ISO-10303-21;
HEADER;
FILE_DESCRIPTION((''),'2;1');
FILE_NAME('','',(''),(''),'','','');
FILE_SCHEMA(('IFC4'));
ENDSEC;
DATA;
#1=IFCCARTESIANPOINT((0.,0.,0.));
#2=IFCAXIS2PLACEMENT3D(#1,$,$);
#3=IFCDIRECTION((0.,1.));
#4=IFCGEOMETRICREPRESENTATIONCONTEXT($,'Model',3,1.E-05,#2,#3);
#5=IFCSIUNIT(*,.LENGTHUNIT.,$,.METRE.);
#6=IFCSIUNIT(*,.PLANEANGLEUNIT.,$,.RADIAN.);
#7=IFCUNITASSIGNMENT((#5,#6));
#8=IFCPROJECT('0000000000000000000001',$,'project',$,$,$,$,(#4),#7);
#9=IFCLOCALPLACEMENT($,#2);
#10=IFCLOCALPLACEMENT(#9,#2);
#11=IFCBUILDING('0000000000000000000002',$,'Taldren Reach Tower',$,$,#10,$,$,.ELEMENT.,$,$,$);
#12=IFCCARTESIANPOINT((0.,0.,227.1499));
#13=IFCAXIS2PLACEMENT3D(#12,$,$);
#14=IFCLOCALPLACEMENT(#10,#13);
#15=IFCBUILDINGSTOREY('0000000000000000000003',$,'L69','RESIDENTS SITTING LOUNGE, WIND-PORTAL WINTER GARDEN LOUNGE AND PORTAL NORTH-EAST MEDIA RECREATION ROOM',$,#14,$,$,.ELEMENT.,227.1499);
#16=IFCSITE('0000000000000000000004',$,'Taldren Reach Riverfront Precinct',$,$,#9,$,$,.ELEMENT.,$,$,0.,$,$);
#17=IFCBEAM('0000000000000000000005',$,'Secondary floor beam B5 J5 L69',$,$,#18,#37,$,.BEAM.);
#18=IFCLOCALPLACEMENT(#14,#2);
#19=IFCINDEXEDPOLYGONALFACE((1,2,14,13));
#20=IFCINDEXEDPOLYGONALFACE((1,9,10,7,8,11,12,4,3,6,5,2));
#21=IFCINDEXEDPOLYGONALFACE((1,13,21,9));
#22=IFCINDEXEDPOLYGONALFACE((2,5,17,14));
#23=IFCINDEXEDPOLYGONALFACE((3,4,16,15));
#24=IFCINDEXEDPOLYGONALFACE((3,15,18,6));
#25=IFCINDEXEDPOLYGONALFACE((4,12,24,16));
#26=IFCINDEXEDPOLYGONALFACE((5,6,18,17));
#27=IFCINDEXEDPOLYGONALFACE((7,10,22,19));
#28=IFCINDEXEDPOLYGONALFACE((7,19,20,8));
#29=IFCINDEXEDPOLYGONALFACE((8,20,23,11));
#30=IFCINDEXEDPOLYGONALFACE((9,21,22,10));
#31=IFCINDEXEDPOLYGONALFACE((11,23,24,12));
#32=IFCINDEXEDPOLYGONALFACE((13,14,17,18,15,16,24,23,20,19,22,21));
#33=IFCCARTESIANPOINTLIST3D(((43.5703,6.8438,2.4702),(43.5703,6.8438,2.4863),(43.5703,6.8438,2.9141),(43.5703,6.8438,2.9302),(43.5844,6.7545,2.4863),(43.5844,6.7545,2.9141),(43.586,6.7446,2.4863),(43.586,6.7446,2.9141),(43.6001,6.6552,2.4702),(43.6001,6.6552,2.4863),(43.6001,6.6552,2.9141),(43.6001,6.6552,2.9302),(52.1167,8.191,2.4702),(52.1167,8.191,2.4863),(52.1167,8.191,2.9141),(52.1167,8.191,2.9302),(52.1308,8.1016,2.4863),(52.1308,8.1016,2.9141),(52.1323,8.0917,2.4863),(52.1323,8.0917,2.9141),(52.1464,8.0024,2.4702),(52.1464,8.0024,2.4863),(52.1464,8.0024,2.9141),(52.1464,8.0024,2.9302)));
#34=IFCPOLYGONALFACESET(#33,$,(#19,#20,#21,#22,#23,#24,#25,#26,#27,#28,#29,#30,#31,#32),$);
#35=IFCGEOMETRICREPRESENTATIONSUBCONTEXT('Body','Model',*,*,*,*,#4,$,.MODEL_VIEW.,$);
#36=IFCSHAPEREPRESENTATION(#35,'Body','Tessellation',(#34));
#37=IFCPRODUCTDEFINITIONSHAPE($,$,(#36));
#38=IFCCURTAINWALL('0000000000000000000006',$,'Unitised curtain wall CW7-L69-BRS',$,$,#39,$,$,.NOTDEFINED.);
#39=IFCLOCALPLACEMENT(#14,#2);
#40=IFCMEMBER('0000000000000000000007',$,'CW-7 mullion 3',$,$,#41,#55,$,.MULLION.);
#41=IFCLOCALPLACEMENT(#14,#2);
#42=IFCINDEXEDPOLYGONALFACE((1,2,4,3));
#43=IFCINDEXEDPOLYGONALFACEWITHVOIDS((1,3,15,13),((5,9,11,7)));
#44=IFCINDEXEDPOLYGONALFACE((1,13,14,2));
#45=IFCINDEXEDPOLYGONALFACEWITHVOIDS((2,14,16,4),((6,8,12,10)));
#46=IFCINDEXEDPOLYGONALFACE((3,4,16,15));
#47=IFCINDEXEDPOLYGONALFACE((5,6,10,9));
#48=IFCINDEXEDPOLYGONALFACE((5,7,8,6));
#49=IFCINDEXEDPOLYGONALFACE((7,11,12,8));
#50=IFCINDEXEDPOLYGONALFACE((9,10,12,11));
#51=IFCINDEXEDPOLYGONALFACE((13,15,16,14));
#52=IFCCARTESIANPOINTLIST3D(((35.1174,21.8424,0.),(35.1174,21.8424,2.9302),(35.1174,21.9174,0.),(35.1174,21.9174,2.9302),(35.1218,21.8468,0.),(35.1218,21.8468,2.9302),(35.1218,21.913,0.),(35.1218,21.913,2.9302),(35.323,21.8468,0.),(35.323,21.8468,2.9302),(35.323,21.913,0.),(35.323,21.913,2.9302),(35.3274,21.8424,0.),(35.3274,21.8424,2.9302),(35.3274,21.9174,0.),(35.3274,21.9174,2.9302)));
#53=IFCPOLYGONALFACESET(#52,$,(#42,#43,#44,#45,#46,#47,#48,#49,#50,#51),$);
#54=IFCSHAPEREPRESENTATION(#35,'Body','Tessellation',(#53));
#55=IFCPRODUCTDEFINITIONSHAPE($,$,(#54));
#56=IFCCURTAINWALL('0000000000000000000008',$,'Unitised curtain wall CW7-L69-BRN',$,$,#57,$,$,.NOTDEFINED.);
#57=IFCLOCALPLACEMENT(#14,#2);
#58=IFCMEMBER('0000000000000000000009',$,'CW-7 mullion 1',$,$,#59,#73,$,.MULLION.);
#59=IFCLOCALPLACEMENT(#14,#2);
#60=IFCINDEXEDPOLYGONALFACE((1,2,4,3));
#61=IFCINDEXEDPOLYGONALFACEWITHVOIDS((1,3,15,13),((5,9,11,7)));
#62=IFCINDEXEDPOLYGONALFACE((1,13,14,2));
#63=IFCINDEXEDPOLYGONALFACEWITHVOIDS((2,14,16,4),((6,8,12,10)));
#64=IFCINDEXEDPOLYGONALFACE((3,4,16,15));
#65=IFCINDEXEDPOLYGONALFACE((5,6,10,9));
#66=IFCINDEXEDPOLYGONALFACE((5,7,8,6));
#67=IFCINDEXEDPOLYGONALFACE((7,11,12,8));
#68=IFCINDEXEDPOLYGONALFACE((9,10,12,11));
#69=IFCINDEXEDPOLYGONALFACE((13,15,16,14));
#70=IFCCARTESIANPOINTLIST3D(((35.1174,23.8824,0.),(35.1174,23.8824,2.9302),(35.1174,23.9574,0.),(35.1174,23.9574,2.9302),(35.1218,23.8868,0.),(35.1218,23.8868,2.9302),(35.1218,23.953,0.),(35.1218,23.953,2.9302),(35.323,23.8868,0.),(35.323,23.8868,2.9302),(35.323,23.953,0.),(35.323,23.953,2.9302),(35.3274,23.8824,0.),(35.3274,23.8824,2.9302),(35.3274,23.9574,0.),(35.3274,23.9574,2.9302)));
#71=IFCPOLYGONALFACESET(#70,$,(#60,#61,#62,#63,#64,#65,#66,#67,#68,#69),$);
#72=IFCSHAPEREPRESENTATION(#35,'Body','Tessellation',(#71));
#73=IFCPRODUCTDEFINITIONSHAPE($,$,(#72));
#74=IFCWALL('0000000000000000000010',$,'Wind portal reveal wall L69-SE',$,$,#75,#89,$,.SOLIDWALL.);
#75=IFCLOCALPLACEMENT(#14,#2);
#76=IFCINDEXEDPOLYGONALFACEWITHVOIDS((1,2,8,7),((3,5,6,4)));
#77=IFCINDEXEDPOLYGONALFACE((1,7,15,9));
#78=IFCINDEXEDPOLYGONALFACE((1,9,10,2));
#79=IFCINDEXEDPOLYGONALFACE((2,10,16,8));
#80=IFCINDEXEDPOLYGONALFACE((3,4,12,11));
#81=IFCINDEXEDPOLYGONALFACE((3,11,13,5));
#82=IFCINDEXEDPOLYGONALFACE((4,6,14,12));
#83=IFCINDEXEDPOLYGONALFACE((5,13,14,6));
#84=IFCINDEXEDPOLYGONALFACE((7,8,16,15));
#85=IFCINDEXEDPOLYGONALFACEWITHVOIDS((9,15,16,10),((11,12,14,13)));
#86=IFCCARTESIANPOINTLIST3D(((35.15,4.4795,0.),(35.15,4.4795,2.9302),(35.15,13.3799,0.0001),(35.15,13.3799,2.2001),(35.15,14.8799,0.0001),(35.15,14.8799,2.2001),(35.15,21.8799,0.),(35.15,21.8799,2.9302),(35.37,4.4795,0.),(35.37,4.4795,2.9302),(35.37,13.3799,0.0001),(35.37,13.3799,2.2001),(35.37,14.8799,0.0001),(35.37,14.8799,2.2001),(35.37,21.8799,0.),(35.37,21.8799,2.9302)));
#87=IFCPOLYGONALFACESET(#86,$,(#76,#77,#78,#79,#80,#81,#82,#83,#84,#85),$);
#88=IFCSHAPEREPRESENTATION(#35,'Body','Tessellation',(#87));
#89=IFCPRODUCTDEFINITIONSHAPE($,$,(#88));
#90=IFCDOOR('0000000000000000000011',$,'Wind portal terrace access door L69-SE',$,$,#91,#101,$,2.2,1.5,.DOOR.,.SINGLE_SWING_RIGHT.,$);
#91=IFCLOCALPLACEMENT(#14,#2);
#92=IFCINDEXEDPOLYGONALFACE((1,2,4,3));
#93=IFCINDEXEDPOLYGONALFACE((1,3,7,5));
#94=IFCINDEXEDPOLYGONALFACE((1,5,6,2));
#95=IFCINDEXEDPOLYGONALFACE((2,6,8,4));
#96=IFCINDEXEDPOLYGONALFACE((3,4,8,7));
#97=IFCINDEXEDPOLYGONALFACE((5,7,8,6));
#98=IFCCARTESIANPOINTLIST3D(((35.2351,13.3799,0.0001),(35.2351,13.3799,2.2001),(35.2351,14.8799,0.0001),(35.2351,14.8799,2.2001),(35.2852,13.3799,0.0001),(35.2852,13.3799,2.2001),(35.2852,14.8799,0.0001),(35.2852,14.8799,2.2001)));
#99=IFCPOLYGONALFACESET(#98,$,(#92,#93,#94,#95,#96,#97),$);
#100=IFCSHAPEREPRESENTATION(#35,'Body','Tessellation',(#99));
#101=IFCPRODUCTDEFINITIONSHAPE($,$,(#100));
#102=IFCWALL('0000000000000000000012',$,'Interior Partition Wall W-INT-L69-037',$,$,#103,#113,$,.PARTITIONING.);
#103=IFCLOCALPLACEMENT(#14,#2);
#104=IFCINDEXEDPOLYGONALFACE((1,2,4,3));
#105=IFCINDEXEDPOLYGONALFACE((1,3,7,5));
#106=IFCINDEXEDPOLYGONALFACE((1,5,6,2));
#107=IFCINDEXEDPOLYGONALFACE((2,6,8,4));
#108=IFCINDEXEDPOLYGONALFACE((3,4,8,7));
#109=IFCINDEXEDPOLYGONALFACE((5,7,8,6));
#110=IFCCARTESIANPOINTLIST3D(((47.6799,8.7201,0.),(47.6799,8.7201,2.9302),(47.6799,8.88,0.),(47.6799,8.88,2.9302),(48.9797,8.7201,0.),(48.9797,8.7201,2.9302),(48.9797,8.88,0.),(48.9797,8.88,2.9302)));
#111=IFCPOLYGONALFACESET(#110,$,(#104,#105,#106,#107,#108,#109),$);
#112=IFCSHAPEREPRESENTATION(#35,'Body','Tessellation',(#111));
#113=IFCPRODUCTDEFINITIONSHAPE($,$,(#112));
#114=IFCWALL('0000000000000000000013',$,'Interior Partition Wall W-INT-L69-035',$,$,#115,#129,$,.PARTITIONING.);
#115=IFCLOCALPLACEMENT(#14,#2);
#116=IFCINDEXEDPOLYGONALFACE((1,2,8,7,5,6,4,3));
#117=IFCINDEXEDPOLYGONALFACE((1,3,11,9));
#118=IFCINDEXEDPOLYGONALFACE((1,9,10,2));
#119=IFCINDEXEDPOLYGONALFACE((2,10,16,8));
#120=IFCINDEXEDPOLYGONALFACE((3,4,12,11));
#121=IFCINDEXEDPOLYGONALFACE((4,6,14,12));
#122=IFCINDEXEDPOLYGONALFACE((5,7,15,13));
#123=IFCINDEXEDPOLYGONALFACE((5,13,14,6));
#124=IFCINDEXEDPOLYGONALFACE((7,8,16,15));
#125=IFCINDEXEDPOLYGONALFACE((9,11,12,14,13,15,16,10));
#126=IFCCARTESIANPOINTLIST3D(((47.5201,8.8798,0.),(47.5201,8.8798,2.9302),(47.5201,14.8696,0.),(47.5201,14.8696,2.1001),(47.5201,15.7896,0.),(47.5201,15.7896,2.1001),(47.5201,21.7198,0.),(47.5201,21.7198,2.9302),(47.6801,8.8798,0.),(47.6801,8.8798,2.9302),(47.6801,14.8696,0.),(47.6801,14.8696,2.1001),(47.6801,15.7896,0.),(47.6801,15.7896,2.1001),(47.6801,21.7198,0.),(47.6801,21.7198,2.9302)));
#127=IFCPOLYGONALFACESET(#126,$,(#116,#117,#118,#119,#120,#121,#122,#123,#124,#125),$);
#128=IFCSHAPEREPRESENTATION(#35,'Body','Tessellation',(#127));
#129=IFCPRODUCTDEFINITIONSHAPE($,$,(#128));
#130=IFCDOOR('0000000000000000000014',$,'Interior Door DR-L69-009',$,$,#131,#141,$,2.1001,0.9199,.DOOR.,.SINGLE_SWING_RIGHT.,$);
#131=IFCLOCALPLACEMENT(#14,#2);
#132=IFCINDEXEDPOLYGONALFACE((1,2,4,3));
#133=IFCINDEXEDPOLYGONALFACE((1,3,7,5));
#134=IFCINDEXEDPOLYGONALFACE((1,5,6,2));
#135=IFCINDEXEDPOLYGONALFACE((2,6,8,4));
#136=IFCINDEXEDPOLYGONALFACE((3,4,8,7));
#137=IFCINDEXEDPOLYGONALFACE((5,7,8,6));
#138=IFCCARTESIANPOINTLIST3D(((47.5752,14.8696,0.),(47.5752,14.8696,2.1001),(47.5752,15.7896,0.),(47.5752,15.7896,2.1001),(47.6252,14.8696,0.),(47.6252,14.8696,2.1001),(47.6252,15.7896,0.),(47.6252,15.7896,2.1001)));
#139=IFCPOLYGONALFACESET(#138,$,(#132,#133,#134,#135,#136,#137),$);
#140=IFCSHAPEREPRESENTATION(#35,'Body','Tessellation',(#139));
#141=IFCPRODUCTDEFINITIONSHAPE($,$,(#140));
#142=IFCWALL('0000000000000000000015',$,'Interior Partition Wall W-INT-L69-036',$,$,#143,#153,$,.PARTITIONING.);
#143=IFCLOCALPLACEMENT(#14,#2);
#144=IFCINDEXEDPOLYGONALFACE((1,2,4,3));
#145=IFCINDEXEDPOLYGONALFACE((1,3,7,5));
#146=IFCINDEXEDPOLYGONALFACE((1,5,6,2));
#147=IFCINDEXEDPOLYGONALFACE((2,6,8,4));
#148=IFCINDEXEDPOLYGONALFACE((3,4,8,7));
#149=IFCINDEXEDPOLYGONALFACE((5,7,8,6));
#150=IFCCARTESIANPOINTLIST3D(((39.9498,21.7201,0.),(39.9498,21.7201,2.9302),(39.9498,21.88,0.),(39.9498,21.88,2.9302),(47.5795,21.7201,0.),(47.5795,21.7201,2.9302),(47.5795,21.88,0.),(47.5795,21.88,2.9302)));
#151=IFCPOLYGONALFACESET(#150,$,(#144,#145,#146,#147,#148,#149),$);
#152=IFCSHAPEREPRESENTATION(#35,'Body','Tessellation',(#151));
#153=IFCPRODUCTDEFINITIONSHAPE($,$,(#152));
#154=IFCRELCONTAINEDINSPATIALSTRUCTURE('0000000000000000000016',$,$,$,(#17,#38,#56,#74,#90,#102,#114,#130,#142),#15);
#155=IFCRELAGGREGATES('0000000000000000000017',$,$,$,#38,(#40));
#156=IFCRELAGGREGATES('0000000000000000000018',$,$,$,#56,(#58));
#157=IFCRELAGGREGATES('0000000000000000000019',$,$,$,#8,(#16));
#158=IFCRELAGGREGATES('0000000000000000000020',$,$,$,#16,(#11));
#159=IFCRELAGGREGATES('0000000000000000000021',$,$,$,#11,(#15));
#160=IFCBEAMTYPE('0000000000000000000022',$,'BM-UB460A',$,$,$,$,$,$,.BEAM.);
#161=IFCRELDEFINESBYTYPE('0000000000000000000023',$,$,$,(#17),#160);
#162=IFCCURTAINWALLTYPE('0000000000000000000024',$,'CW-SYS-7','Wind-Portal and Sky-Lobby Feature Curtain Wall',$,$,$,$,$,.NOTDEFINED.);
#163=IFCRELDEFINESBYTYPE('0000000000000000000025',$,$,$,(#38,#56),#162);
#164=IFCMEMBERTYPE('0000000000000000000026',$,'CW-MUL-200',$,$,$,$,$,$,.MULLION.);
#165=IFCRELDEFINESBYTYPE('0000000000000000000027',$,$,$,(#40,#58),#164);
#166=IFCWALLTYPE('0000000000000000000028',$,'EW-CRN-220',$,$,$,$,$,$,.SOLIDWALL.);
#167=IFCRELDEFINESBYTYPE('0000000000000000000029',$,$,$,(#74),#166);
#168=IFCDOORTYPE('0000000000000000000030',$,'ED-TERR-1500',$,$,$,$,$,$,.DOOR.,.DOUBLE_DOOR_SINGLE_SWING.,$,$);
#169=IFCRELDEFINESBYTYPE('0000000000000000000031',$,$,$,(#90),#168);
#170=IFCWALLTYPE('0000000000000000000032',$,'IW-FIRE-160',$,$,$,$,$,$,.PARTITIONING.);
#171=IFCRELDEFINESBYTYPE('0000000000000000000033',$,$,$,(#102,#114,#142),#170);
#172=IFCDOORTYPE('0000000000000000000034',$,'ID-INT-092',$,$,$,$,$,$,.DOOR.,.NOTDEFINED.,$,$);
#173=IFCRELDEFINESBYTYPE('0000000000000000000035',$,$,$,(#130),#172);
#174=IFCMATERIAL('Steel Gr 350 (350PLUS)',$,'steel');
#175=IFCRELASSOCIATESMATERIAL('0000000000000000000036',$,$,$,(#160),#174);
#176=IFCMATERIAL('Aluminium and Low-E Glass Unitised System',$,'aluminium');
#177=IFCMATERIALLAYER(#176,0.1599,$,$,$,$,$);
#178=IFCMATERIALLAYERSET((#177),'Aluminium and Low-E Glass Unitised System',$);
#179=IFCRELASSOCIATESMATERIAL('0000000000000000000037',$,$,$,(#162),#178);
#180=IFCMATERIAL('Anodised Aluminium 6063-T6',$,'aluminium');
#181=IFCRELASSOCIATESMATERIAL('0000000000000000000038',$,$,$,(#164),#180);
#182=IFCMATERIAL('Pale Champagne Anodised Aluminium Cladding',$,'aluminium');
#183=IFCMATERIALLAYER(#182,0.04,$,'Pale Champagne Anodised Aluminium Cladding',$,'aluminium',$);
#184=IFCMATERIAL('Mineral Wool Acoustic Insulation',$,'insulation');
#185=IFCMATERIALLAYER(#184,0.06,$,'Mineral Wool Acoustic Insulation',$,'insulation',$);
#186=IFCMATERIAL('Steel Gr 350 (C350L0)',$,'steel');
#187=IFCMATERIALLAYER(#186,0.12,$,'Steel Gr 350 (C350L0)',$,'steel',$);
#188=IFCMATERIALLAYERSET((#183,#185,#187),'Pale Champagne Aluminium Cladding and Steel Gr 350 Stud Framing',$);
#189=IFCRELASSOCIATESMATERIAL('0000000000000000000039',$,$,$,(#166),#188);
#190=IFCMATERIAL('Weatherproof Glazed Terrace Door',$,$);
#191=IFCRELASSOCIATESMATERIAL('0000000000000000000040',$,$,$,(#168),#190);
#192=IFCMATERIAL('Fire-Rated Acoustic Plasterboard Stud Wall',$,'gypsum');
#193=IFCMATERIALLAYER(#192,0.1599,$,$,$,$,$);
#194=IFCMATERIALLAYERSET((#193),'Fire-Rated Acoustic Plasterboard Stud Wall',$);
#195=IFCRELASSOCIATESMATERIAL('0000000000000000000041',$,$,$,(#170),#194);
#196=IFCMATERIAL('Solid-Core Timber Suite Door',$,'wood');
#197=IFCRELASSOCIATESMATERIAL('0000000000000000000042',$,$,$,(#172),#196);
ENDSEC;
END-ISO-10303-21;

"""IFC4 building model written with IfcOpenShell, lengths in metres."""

from ifc_helpers import new_model, si_unit, direction, frame, frame_2d, origin, origin_2d, place, context, subcontext, project, spatial, rectangle, hollow_rectangle, i_section, extrude, source, transform, mapped, material, layer, layer_set, material_profile, profile_set, type_object, element, fill, aggregate, save


model = new_model("IFC4")

# Units and contexts
model_context = context("Model", 3, precision=1e-05, world=origin(), true_north=direction((0.0, 1.0)))
body_context = subcontext(model_context, "Body", "Model", "MODEL_VIEW")
ifc_project = project(units=[si_unit("LENGTHUNIT", "METRE"), si_unit("PLANEANGLEUNIT", "RADIAN")], contexts=[model_context])

# Site, building, storey
site_placement = place(None, origin())
site = spatial("IfcSite", under=ifc_project, at=site_placement, Name="Taldren Reach Riverfront Precinct", CompositionType="ELEMENT", RefElevation=0.0)
building_placement = place(site_placement, origin())
building = spatial("IfcBuilding", under=site, at=building_placement, Name="Taldren Reach Tower", CompositionType="ELEMENT")
storey_placement = place(building_placement, frame((0.0, 0.0, 227.1499)))
storey = spatial("IfcBuildingStorey", under=building, at=storey_placement, Name="L69", Description="RESIDENTS SITTING LOUNGE, WIND-PORTAL WINTER GARDEN LOUNGE AND PORTAL NORTH-EAST MEDIA RECREATION ROOM", CompositionType="ELEMENT", Elevation=227.1499)

# Shared definitions
ifc_material_1 = material(Name="Steel Gr 350 (350PLUS)", Category="steel")
ifc_material_2 = material(Name="Steel Gr 350 (C350L0)", Category="steel")

# Shared definitions
ifc_material_profile_1 = material_profile(ifc_material_1, i_section(OverallWidth=0.1909, OverallDepth=0.46, WebThickness=0.01, FlangeThickness=0.0161, at=origin_2d()), Name="460UB82.1")
ifc_profile_set_1 = profile_set([ifc_material_profile_1], Name="Steel Gr 350 (350PLUS)")
beam_type_1 = type_object("IfcBeamType", Name="BM-UB460A", PredefinedType="BEAM", material=ifc_profile_set_1)

# Beam
shared_shape_1 = source(origin(), body_context, "Body", "SweptSolid", [
    extrude(i_section(OverallWidth=0.1909, OverallDepth=0.46, WebThickness=0.01, FlangeThickness=0.0161, at=origin_2d()), origin(), (0.0, 0.0, 1.0), 8.6519),
])
beam_1_placement = place(storey_placement, frame((43.5852, 6.7495, 2.7002), z_axis=(0.987803, 0.155708, 0.0), x_axis=(-0.155708, 0.987803, 0.0)))
element("IfcBeam", 1, at=beam_1_placement, inside=storey, type_object=beam_type_1, Name="Secondary floor beam B5 J5 L69", PredefinedType="BEAM", context=body_context, shape_type="MappedRepresentation", body=[
    mapped(shared_shape_1, transform((0.0, 0.0, 0.0), scale=1.0)),
])

# Curtain walls, members
ifc_material_3 = material(Name="Aluminium and Low-E Glass Unitised System", Category="aluminium")
ifc_layer_1 = layer(ifc_material_3, 0.1599)
ifc_layer_set_1 = layer_set([ifc_layer_1], Name="Aluminium and Low-E Glass Unitised System")
curtain_wall_type = type_object("IfcCurtainWallType", Name="CW-SYS-7", Description="Wind-Portal and Sky-Lobby Feature Curtain Wall", PredefinedType="NOTDEFINED", material=ifc_layer_set_1)
curtain_wall_1_placement = place(storey_placement, origin())
curtain_wall_1 = element("IfcCurtainWall", 2, at=curtain_wall_1_placement, inside=storey, type_object=curtain_wall_type, Name="Unitised curtain wall CW7-L69-BRS", PredefinedType="NOTDEFINED")
ifc_material_4 = material(Name="Anodised Aluminium 6063-T6", Category="aluminium")
ifc_material_profile_2 = material_profile(ifc_material_4, hollow_rectangle(XDim=0.075, YDim=0.21, WallThickness=0.0044, at=origin_2d()), Name="ALU-210x75x4.5RHS")
ifc_profile_set_2 = profile_set([ifc_material_profile_2], Name="Anodised Aluminium 6063-T6")
member_type_1 = type_object("IfcMemberType", Name="CW-MUL-200", PredefinedType="MULLION", material=ifc_profile_set_2)
shared_shape_2 = source(origin(), body_context, "Body", "SweptSolid", [
    extrude(hollow_rectangle(XDim=0.075, YDim=0.21, WallThickness=0.0044, at=origin_2d()), origin(), (0.0, 0.0, 1.0), 2.9302),
])
member_1_placement = place(storey_placement, frame((35.2224, 21.8799, 0.0), z_axis=(0.0, 0.0, 1.0), x_axis=(0.0, 1.0, 0.0)))
member_1 = element("IfcMember", 3, at=member_1_placement, type_object=member_type_1, Name="CW-7 mullion 3", PredefinedType="MULLION", context=body_context, shape_type="MappedRepresentation", body=[
    mapped(shared_shape_2, transform((0.0, 0.0, 0.0), scale=1.0)),
])
aggregate(curtain_wall_1, [member_1])
curtain_wall_2_placement = place(storey_placement, origin())
curtain_wall_2 = element("IfcCurtainWall", 4, at=curtain_wall_2_placement, inside=storey, type_object=curtain_wall_type, Name="Unitised curtain wall CW7-L69-BRN", PredefinedType="NOTDEFINED")
member_2_placement = place(storey_placement, frame((35.2224, 23.9199, 0.0), z_axis=(0.0, 0.0, 1.0), x_axis=(0.0, -1.0, 0.0)))
member_2 = element("IfcMember", 5, at=member_2_placement, type_object=member_type_1, Name="CW-7 mullion 1", PredefinedType="MULLION", context=body_context, shape_type="MappedRepresentation", body=[
    mapped(shared_shape_2, transform((0.0, 0.0, 0.0), scale=1.0)),
])
aggregate(curtain_wall_2, [member_2])

# Wall, opening, door
ifc_material_5 = material(Name="Pale Champagne Anodised Aluminium Cladding", Category="aluminium")
ifc_layer_2 = layer(ifc_material_5, 0.04, Name="Pale Champagne Anodised Aluminium Cladding", Category="aluminium")
ifc_material_6 = material(Name="Mineral Wool Acoustic Insulation", Category="insulation")
ifc_layer_3 = layer(ifc_material_6, 0.06, Name="Mineral Wool Acoustic Insulation", Category="insulation")
ifc_layer_4 = layer(ifc_material_2, 0.12, Name="Steel Gr 350 (C350L0)", Category="steel")
ifc_layer_set_2 = layer_set([ifc_layer_2, ifc_layer_3, ifc_layer_4], Name="Pale Champagne Aluminium Cladding and Steel Gr 350 Stud Framing")
wall_type_1 = type_object("IfcWallType", Name="EW-CRN-220", PredefinedType="SOLIDWALL", material=ifc_layer_set_2)
shared_shape_3 = source(origin(), body_context, "Body", "SweptSolid", [
    extrude(rectangle(XDim=17.4004, YDim=0.22, at=frame_2d((8.7002, 0.0))), origin(), (0.0, 0.0, 1.0), 2.9302),
])
wall_1_placement = place(storey_placement, frame((35.26, 21.8799, 0.0), z_axis=(0.0, 0.0, 1.0), x_axis=(0.0, -1.0, 0.0)))
wall_1 = element("IfcWall", 6, at=wall_1_placement, inside=storey, type_object=wall_type_1, Name="Wind portal reveal wall L69-SE", PredefinedType="SOLIDWALL", context=body_context, shape_type="MappedRepresentation", body=[
    mapped(shared_shape_3, transform((0.0, 0.0, 0.0), scale=1.0)),
])
shared_shape_4 = source(origin(), body_context, "Body", "SweptSolid", [
    extrude(rectangle(XDim=1.5, YDim=2.2, at=frame_2d((0.75, 1.1001))), frame((0.0, 0.1201, 0.0), z_axis=(0.0, -1.0, 0.0), x_axis=(1.0, 0.0, 0.0)), (0.0, 0.0, 1.0), 0.24),
])
opening_1_placement = place(wall_1_placement, frame((7.0, 0.0, 0.0)))
opening_1 = element("IfcOpeningElement", 7, at=opening_1_placement, cuts=wall_1, PredefinedType="OPENING", context=body_context, shape_type="MappedRepresentation", body=[
    mapped(shared_shape_4, transform((0.0, 0.0, 0.0), scale=1.0)),
])
ifc_material_7 = material(Name="Weatherproof Glazed Terrace Door")
door_type_1 = type_object("IfcDoorType", Name="ED-TERR-1500", OperationType="DOUBLE_DOOR_SINGLE_SWING", PredefinedType="DOOR", material=ifc_material_7)
shared_shape_5 = source(origin(), body_context, "Body", "SweptSolid", [
    extrude(rectangle(XDim=1.5, YDim=2.2, at=frame_2d((0.75, 1.1001))), frame((0.0, 0.0249, 0.0), z_axis=(0.0, -1.0, 0.0), x_axis=(1.0, 0.0, 0.0)), (0.0, 0.0, 1.0), 0.05),
])
door_1_placement = place(opening_1_placement, frame((1.5, 0.0, 0.0), z_axis=(0.0, 0.0, 1.0), x_axis=(-1.0, 0.0, 0.0)))
door_1 = element("IfcDoor", 8, at=door_1_placement, inside=storey, type_object=door_type_1, Name="Wind portal terrace access door L69-SE", OperationType="SINGLE_SWING_RIGHT", OverallHeight=2.2, OverallWidth=1.5, PredefinedType="DOOR", context=body_context, shape_type="MappedRepresentation", body=[
    mapped(shared_shape_5, transform((0.0, 0.0, 0.0), scale=1.0)),
])
fill(opening_1, door_1)

# Wall
ifc_material_8 = material(Name="Fire-Rated Acoustic Plasterboard Stud Wall", Category="gypsum")
ifc_layer_5 = layer(ifc_material_8, 0.1599)
ifc_layer_set_3 = layer_set([ifc_layer_5], Name="Fire-Rated Acoustic Plasterboard Stud Wall")
wall_type_2 = type_object("IfcWallType", Name="IW-FIRE-160", PredefinedType="PARTITIONING", material=ifc_layer_set_3)
shared_shape_6 = source(origin(), body_context, "Body", "SweptSolid", [
    extrude(rectangle(XDim=1.2998, YDim=0.1599, at=frame_2d((0.6499, 0.0))), origin(), (0.0, 0.0, 1.0), 2.9302),
])
wall_2_placement = place(storey_placement, frame((48.9797, 8.8, 0.0), z_axis=(0.0, 0.0, 1.0), x_axis=(-1.0, 0.0, 0.0)))
element("IfcWall", 9, at=wall_2_placement, inside=storey, type_object=wall_type_2, Name="Interior Partition Wall W-INT-L69-037", PredefinedType="PARTITIONING", context=body_context, shape_type="MappedRepresentation", body=[
    mapped(shared_shape_6, transform((0.0, 0.0, 0.0), scale=1.0)),
])

# Wall, opening, door
shared_shape_7 = source(origin(), body_context, "Body", "SweptSolid", [
    extrude(rectangle(XDim=12.8401, YDim=0.1599, at=frame_2d((6.4199, 0.0))), origin(), (0.0, 0.0, 1.0), 2.9302),
])
wall_3_placement = place(storey_placement, frame((47.6001, 8.8799, 0.0), z_axis=(0.0, 0.0, 1.0), x_axis=(0.0, 1.0, 0.0)))
wall_3 = element("IfcWall", 10, at=wall_3_placement, inside=storey, type_object=wall_type_2, Name="Interior Partition Wall W-INT-L69-035", PredefinedType="PARTITIONING", context=body_context, shape_type="MappedRepresentation", body=[
    mapped(shared_shape_7, transform((0.0, 0.0, 0.0), scale=1.0)),
])
shared_shape_8 = source(origin(), body_context, "Body", "SweptSolid", [
    extrude(rectangle(XDim=0.9199, YDim=2.1001, at=frame_2d((0.46, 1.05))), frame((0.0, 0.0898, 0.0), z_axis=(0.0, -1.0, 0.0), x_axis=(1.0, 0.0, 0.0)), (0.0, 0.0, 1.0), 0.1799),
])
opening_2_placement = place(wall_3_placement, frame((5.9897, 0.0, 0.0)))
opening_2 = element("IfcOpeningElement", 11, at=opening_2_placement, cuts=wall_3, PredefinedType="OPENING", context=body_context, shape_type="MappedRepresentation", body=[
    mapped(shared_shape_8, transform((0.0, 0.0, 0.0), scale=1.0)),
])
ifc_material_9 = material(Name="Solid-Core Timber Suite Door", Category="wood")
door_type_2 = type_object("IfcDoorType", Name="ID-INT-092", OperationType="NOTDEFINED", PredefinedType="DOOR", material=ifc_material_9)
shared_shape_9 = source(origin(), body_context, "Body", "SweptSolid", [
    extrude(rectangle(XDim=0.9199, YDim=2.1001, at=frame_2d((0.46, 1.05))), frame((0.0, 0.0249, 0.0), z_axis=(0.0, -1.0, 0.0), x_axis=(1.0, 0.0, 0.0)), (0.0, 0.0, 1.0), 0.05),
])
door_2_placement = place(opening_2_placement, origin())
door_2 = element("IfcDoor", 12, at=door_2_placement, inside=storey, type_object=door_type_2, Name="Interior Door DR-L69-009", OperationType="SINGLE_SWING_RIGHT", OverallHeight=2.1001, OverallWidth=0.9199, PredefinedType="DOOR", context=body_context, shape_type="MappedRepresentation", body=[
    mapped(shared_shape_9, transform((0.0, 0.0, 0.0), scale=1.0)),
])
fill(opening_2, door_2)

# Wall
shared_shape_10 = source(origin(), body_context, "Body", "SweptSolid", [
    extrude(rectangle(XDim=7.6296, YDim=0.1599, at=frame_2d((3.8149, 0.0))), origin(), (0.0, 0.0, 1.0), 2.9302),
])
wall_4_placement = place(storey_placement, frame((47.5796, 21.8, 0.0), z_axis=(0.0, 0.0, 1.0), x_axis=(-1.0, 0.0, 0.0)))
element("IfcWall", 13, at=wall_4_placement, inside=storey, type_object=wall_type_2, Name="Interior Partition Wall W-INT-L69-036", PredefinedType="PARTITIONING", context=body_context, shape_type="MappedRepresentation", body=[
    mapped(shared_shape_10, transform((0.0, 0.0, 0.0), scale=1.0)),
])

save(model, "model.ifc")
